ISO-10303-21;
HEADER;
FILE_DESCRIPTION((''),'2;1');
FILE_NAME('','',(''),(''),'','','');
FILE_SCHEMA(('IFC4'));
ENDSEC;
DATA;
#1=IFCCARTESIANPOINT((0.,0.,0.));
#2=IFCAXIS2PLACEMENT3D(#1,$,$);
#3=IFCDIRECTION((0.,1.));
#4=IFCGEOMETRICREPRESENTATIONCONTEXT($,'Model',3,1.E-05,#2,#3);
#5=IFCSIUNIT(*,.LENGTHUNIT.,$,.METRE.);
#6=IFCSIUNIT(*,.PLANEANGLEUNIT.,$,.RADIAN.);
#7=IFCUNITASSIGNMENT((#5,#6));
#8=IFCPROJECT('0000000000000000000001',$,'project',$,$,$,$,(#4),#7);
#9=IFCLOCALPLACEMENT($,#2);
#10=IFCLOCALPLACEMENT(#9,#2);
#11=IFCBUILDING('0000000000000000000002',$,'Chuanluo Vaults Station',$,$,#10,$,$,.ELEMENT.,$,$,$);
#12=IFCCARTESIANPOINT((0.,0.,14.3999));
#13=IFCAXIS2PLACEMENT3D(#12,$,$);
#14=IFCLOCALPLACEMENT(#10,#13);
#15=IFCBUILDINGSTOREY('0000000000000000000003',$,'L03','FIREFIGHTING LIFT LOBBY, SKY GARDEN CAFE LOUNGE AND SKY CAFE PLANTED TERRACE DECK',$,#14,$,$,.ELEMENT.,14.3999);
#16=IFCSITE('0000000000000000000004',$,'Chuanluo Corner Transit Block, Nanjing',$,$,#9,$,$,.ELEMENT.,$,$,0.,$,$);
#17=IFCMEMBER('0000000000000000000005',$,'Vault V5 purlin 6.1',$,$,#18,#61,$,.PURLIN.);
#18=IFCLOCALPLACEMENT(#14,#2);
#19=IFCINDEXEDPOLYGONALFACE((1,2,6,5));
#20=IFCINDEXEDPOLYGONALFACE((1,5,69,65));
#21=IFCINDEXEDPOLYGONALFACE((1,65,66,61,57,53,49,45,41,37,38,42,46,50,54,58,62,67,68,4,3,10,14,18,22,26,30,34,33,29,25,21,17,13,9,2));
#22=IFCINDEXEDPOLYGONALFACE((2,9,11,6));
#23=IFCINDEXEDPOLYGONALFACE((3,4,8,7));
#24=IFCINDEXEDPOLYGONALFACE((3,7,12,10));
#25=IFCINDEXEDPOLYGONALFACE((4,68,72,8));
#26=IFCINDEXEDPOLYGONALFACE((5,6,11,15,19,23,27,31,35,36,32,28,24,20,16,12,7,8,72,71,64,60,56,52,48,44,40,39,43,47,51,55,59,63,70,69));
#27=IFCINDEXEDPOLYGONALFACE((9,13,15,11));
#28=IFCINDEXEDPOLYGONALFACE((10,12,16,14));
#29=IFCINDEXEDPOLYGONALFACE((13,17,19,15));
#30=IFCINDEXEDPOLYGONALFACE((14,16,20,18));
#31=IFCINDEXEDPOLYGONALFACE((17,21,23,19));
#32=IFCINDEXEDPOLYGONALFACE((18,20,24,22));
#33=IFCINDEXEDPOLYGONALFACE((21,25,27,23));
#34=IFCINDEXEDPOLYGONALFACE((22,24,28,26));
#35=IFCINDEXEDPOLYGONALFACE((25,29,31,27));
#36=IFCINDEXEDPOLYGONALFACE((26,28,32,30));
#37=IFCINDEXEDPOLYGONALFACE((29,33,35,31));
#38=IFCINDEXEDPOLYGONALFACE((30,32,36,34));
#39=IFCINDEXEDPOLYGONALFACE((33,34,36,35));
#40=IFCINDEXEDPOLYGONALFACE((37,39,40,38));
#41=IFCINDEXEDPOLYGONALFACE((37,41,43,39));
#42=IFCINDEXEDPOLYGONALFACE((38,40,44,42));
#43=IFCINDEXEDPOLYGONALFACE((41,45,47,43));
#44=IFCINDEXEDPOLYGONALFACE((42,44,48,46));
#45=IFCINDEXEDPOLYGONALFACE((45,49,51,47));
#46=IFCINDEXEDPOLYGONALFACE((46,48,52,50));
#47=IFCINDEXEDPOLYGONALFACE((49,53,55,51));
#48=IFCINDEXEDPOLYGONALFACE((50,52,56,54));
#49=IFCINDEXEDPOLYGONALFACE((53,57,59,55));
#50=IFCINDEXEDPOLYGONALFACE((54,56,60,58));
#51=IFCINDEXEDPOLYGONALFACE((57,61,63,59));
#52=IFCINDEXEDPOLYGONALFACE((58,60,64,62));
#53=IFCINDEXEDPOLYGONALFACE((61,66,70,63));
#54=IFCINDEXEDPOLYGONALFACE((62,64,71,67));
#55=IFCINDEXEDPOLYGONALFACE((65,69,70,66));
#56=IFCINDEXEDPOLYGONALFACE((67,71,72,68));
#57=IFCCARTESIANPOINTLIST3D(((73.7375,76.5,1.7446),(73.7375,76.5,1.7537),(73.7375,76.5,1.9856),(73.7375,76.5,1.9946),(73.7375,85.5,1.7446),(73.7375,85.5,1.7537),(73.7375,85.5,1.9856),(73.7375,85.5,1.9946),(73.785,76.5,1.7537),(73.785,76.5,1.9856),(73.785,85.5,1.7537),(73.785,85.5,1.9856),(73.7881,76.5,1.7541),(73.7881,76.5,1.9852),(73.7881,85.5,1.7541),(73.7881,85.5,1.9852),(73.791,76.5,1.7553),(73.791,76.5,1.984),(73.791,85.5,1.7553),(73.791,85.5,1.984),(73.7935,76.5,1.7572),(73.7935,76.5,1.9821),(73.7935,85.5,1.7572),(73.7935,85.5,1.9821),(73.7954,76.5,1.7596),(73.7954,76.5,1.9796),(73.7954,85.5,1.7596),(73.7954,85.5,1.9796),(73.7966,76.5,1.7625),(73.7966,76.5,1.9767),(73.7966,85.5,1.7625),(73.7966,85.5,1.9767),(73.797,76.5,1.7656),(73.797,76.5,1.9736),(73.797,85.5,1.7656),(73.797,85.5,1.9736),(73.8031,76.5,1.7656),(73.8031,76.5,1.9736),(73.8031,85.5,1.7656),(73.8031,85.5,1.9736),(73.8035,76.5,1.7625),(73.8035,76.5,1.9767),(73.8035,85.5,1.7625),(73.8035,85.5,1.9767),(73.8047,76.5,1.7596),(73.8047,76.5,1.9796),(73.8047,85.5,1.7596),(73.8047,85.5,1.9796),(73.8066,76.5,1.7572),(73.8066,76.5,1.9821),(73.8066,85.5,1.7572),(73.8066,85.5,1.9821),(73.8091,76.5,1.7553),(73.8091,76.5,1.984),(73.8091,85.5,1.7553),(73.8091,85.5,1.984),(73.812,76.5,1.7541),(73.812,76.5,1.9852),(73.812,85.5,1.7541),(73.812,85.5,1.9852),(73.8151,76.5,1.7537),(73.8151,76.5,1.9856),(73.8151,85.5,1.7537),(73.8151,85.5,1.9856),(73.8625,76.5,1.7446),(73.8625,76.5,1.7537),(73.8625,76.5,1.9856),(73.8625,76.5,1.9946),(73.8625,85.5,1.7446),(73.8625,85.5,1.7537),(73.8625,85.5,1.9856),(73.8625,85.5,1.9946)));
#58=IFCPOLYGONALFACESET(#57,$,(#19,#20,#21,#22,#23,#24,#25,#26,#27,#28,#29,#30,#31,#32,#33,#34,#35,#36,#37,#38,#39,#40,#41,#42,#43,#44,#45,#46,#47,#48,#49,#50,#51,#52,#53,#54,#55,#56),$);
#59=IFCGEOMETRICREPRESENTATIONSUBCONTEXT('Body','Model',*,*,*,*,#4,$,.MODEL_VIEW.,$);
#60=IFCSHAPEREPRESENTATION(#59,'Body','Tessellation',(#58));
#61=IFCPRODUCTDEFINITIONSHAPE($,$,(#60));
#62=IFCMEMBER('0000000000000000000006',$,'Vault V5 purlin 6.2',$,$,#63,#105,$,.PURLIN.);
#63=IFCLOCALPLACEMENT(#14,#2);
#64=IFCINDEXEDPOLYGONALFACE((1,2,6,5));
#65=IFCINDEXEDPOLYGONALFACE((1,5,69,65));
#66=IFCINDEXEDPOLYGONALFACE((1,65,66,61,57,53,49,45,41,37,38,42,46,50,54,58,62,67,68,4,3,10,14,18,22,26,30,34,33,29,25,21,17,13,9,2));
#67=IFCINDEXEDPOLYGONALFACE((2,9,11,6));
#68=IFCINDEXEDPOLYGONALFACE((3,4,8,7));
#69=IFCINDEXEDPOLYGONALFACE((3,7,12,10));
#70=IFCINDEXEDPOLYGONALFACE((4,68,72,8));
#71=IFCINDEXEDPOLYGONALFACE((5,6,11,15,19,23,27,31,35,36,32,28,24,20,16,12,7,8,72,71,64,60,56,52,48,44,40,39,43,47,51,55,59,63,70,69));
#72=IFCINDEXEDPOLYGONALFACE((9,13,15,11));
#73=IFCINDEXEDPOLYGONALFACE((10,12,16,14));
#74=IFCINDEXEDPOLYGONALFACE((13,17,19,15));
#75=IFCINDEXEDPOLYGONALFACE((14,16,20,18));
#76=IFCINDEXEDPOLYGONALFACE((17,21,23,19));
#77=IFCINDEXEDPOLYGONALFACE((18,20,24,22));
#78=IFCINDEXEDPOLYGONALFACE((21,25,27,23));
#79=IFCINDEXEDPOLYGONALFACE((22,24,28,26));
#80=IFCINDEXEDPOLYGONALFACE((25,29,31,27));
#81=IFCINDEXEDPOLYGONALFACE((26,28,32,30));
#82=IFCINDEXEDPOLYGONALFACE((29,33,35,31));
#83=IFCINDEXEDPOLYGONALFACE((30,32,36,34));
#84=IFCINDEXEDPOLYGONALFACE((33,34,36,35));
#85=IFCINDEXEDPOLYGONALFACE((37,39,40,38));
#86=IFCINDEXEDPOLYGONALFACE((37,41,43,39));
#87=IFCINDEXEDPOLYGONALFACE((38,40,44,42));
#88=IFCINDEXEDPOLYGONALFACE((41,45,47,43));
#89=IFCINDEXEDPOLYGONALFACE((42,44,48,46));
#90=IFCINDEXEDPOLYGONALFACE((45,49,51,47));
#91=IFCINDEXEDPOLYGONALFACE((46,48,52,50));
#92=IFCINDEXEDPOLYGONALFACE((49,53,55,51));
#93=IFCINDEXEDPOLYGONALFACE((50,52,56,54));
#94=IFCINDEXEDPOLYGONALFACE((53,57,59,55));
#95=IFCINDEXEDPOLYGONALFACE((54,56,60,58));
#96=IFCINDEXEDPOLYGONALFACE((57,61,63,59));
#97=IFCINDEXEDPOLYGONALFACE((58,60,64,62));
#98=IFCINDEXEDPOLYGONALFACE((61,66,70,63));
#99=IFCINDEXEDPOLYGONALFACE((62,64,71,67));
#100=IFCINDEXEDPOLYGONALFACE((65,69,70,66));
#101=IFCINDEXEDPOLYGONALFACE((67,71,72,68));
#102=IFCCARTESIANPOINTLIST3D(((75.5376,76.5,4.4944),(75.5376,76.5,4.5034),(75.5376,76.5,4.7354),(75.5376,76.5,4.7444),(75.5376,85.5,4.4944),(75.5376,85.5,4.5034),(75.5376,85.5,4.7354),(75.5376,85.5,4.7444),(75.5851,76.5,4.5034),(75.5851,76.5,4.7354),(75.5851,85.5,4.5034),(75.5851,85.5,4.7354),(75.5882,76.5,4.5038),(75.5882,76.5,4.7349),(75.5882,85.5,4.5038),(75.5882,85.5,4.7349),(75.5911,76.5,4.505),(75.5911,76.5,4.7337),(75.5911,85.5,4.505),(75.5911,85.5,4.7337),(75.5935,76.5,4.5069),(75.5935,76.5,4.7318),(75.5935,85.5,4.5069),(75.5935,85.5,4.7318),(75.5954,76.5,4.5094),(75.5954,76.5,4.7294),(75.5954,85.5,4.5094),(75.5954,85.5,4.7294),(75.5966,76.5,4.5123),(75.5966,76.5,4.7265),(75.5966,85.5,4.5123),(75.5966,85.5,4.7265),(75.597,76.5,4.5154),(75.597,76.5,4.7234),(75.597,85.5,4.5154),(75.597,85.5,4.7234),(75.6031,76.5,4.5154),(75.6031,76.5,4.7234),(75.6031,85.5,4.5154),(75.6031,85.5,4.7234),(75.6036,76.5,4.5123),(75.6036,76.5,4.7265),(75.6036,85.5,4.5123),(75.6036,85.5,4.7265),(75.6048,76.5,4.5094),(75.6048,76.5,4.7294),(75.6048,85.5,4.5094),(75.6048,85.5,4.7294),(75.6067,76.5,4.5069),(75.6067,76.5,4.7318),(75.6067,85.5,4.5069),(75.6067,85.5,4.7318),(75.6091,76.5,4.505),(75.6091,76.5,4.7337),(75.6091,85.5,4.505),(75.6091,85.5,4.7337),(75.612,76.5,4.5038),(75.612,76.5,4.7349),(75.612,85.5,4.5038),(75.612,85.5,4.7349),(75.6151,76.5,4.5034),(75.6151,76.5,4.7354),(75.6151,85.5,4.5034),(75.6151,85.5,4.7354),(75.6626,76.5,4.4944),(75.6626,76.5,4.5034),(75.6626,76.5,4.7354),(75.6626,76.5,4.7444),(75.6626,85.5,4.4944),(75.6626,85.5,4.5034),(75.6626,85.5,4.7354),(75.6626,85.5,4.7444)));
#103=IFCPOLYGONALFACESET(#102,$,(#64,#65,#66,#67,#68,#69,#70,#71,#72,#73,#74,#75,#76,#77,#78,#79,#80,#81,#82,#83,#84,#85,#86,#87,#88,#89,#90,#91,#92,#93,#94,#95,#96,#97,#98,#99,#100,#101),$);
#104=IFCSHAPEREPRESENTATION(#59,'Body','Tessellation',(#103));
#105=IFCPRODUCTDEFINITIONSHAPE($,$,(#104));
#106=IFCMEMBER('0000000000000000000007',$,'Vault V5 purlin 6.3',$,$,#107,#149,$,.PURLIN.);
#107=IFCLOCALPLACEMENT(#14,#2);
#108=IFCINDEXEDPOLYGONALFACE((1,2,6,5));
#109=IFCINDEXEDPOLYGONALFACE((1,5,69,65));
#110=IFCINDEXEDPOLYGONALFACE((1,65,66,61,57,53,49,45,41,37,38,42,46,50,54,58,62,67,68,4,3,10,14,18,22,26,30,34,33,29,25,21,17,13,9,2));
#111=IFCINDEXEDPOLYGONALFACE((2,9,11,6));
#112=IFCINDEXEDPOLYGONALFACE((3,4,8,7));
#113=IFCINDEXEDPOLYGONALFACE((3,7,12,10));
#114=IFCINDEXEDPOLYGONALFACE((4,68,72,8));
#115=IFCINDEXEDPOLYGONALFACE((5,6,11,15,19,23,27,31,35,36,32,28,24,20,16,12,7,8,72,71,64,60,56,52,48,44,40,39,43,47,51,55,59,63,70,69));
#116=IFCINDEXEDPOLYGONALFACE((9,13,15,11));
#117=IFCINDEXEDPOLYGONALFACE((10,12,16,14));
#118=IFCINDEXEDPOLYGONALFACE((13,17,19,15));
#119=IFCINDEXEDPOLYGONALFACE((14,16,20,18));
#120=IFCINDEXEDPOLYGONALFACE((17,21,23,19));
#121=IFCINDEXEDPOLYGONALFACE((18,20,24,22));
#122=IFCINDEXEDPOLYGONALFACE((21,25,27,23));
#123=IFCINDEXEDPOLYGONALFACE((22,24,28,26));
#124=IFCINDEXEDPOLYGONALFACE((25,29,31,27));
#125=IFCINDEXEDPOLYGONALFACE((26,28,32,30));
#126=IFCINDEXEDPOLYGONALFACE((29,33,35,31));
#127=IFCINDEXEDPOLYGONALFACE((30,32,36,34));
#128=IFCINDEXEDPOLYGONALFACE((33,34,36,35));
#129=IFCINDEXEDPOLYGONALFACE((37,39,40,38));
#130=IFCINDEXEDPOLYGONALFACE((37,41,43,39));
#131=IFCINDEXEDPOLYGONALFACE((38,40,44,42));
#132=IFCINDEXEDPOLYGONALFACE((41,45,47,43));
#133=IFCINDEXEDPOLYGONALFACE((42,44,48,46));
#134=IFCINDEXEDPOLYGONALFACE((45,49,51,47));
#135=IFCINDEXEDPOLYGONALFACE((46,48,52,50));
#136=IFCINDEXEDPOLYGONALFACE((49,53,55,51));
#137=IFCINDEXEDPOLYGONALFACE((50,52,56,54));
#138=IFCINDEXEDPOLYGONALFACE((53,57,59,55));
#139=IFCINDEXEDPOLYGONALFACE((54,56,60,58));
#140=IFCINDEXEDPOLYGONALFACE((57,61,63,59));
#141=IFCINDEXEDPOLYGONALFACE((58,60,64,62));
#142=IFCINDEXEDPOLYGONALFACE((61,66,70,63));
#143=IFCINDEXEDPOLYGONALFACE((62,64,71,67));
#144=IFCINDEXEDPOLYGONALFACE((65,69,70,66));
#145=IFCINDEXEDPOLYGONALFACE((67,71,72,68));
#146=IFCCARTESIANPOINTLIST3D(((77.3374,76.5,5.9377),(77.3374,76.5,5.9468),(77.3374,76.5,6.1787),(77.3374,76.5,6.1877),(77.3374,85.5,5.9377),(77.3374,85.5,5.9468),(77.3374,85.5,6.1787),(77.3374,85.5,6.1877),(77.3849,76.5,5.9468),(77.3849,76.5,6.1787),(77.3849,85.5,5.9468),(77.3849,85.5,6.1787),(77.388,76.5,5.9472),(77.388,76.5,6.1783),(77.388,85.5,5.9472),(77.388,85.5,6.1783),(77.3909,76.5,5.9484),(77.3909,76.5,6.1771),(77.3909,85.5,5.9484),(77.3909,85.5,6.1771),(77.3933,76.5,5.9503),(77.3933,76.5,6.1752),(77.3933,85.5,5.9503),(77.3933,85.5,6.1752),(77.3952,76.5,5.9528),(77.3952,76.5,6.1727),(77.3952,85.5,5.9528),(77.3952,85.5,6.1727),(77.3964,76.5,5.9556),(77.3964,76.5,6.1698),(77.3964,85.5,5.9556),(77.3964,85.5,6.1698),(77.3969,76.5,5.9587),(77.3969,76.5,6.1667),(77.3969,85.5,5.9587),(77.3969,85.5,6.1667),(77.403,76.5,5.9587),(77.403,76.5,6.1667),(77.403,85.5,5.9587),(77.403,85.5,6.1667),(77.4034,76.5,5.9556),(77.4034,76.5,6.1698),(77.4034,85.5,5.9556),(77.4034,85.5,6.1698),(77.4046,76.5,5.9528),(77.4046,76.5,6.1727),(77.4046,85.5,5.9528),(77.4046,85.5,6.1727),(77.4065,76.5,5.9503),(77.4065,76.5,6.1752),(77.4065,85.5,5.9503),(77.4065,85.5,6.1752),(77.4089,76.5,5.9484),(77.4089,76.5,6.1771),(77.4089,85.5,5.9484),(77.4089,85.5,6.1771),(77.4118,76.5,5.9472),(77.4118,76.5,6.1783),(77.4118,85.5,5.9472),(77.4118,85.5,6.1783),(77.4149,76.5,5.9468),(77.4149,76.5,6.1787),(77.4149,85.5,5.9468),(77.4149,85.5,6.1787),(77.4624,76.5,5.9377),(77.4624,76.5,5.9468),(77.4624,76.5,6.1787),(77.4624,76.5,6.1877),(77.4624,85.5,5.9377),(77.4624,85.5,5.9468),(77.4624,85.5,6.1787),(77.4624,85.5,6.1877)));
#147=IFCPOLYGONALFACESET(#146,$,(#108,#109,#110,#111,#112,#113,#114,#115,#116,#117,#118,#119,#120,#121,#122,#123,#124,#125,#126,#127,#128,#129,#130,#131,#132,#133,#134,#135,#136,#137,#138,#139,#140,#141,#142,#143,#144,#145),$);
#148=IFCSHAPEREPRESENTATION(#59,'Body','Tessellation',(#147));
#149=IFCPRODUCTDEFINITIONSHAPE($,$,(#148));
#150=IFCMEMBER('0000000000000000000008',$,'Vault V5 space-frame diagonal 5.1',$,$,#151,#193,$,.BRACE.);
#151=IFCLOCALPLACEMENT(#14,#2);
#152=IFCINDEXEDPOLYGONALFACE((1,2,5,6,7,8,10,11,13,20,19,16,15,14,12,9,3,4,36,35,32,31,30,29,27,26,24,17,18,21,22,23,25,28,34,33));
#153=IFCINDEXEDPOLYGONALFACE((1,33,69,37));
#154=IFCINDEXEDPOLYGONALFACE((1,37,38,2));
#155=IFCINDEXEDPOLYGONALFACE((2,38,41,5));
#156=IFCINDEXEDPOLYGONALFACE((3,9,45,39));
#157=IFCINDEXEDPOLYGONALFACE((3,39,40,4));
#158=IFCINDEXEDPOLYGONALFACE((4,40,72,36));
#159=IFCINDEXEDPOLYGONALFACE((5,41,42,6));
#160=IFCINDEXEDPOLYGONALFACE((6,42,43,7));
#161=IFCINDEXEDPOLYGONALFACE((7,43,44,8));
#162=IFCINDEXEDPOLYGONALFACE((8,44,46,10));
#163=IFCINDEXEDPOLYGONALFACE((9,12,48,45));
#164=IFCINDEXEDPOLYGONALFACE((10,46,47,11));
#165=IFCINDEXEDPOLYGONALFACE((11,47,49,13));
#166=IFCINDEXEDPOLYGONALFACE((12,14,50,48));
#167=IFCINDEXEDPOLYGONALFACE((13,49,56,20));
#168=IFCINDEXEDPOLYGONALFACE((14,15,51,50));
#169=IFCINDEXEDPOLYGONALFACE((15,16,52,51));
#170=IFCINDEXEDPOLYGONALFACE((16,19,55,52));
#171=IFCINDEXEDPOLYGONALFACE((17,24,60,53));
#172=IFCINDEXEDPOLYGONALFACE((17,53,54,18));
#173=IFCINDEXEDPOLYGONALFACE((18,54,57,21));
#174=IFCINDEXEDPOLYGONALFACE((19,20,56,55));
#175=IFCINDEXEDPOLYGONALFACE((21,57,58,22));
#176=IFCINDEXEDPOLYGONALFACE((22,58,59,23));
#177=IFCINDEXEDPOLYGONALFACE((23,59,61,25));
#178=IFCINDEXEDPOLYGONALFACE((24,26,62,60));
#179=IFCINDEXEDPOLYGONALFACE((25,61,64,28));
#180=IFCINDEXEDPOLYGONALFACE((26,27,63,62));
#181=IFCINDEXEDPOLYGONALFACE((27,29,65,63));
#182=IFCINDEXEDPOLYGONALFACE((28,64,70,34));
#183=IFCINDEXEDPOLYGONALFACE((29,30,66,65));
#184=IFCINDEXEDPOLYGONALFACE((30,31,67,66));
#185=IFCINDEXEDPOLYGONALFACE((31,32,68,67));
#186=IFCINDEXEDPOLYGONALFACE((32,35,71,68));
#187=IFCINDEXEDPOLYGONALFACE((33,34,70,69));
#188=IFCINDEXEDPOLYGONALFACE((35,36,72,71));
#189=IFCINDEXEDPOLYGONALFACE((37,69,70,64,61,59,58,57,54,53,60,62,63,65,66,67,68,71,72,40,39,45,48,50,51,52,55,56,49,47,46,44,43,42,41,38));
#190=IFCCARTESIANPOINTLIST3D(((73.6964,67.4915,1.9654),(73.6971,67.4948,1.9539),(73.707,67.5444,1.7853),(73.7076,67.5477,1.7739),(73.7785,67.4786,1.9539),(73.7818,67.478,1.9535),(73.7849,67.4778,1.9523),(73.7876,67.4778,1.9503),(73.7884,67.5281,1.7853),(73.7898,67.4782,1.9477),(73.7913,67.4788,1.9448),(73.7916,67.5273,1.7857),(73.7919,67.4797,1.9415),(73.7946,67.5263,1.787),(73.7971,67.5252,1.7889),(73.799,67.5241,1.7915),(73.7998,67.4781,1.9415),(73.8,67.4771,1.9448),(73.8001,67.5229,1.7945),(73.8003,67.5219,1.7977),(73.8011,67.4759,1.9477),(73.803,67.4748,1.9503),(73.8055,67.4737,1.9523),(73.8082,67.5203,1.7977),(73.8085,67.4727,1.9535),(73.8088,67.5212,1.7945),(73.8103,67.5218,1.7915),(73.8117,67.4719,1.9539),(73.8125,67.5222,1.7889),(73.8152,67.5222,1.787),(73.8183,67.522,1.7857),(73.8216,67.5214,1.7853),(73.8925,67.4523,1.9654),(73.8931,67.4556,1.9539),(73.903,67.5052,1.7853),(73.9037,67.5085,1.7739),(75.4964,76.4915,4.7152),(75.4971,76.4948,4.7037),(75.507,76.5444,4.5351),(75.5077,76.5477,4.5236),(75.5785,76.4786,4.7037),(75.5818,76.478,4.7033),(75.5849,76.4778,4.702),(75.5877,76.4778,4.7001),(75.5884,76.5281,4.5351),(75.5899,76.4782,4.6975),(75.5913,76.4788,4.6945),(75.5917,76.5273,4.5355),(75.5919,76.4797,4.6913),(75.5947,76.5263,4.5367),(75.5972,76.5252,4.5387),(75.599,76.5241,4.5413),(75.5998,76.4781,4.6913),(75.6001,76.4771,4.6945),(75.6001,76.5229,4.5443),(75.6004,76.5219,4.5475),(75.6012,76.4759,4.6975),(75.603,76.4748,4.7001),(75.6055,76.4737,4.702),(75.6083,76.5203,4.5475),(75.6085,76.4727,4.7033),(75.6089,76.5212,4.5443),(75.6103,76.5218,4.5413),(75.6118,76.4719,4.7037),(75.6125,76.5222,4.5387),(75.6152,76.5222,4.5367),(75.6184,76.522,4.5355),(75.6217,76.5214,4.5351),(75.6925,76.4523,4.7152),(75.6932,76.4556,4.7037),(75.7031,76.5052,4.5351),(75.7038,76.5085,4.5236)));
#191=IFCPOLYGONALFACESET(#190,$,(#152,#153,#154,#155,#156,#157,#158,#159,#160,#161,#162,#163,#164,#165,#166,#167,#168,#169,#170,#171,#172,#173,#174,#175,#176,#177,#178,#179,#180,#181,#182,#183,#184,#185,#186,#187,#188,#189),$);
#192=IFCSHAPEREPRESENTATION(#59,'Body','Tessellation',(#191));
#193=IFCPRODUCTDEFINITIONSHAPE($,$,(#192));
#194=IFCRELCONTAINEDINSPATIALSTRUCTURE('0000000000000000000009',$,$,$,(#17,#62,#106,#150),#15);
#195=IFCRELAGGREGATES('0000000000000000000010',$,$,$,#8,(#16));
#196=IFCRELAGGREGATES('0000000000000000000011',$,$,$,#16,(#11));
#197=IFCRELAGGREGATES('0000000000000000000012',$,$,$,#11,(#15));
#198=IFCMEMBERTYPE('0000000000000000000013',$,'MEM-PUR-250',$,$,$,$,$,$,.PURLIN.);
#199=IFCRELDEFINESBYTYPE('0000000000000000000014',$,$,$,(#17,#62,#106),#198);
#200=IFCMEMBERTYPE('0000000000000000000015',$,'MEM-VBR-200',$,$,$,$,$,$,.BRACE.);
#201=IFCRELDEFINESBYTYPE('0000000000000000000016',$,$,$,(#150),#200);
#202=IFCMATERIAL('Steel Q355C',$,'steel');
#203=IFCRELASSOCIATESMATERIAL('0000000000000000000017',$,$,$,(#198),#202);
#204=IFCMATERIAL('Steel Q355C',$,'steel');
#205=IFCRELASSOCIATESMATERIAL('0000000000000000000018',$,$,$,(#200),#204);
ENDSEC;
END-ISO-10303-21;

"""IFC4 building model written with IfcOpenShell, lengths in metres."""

from ifc_helpers import new_model, si_unit, direction, frame, origin, origin_2d, place, context, subcontext, project, spatial, i_section, extrude, material, material_profile, profile_set, type_object, element, save


model = new_model("IFC4")

# Units and contexts
model_context = context("Model", 3, precision=1e-05, world=origin(), true_north=direction((0.0, 1.0)))
body_context = subcontext(model_context, "Body", "Model", "MODEL_VIEW")
ifc_project = project(units=[si_unit("LENGTHUNIT", "METRE"), si_unit("PLANEANGLEUNIT", "RADIAN")], contexts=[model_context])

# Site, building, storey
site_placement = place(None, origin())
site = spatial("IfcSite", under=ifc_project, at=site_placement, Name="Chuanluo Corner Transit Block, Nanjing", CompositionType="ELEMENT", RefElevation=0.0)
building_placement = place(site_placement, origin())
building = spatial("IfcBuilding", under=site, at=building_placement, Name="Chuanluo Vaults Station", CompositionType="ELEMENT")
storey_placement = place(building_placement, frame((0.0, 0.0, 14.3999)))
storey = spatial("IfcBuildingStorey", under=building, at=storey_placement, Name="L03", Description="FIREFIGHTING LIFT LOBBY, SKY GARDEN CAFE LOUNGE AND SKY CAFE PLANTED TERRACE DECK", CompositionType="ELEMENT", Elevation=14.3999)

# Members
ifc_material_1 = material(Name="Steel Q355C", Category="steel")
ifc_material_profile_1 = material_profile(ifc_material_1, i_section(OverallWidth=0.125, OverallDepth=0.25, WebThickness=0.0061, FlangeThickness=0.009, FilletRadius=0.012, at=origin_2d()))
ifc_profile_set_1 = profile_set([ifc_material_profile_1], Name="Steel Q355C")
member_type_1 = type_object("IfcMemberType", Name="MEM-PUR-250", PredefinedType="PURLIN", material=ifc_profile_set_1)
for number, where, z_axis, x_axis, name in (
    (1, (73.8, 76.5, 1.8696), (0.0, 1.0, 0.0), (-1.0, 0.0, 0.0), "Vault V5 purlin 6.1"),
    (2, (75.6001, 76.5, 4.6194), (0.0, 1.0, 0.0), (-1.0, 0.0, 0.0), "Vault V5 purlin 6.2"),
    (3, (77.3999, 76.5, 6.0627), (0.0, 1.0, 0.0), (-1.0, 0.0, 0.0), "Vault V5 purlin 6.3"),
):
    element("IfcMember", number, at=place(storey_placement, frame(where, z_axis=z_axis, x_axis=x_axis)), inside=storey, type_object=member_type_1, Name=name, PredefinedType="PURLIN", context=body_context, shape_type="SweptSolid", body=[
        extrude(i_section(OverallWidth=0.125, OverallDepth=0.25, WebThickness=0.0061, FlangeThickness=0.009, FilletRadius=0.012, at=origin_2d()), origin(), (0.0, 0.0, 1.0), 9.0),
    ])
ifc_material_2 = material(Name="Steel Q355C", Category="steel")
ifc_material_profile_2 = material_profile(ifc_material_2, i_section(OverallWidth=0.2, OverallDepth=0.2, WebThickness=0.0081, FlangeThickness=0.012, FilletRadius=0.0129, at=origin_2d()))
ifc_profile_set_2 = profile_set([ifc_material_profile_2], Name="Steel Q355C")
member_type_2 = type_object("IfcMemberType", Name="MEM-VBR-200", PredefinedType="BRACE", material=ifc_profile_set_2)
member_1_placement = place(storey_placement, frame((73.8, 67.5, 1.8696), z_axis=(0.187871, 0.93933, 0.286992), x_axis=(-0.98058, 0.196121, 0.0)))
element("IfcMember", 4, at=member_1_placement, inside=storey, type_object=member_type_2, Name="Vault V5 space-frame diagonal 5.1", PredefinedType="BRACE", context=body_context, shape_type="SweptSolid", body=[
    extrude(i_section(OverallWidth=0.2, OverallDepth=0.2, WebThickness=0.0081, FlangeThickness=0.012, FilletRadius=0.0129, at=origin_2d()), origin(), (0.0, 0.0, 1.0), 9.5813),
])

save(model, "model.ifc")
